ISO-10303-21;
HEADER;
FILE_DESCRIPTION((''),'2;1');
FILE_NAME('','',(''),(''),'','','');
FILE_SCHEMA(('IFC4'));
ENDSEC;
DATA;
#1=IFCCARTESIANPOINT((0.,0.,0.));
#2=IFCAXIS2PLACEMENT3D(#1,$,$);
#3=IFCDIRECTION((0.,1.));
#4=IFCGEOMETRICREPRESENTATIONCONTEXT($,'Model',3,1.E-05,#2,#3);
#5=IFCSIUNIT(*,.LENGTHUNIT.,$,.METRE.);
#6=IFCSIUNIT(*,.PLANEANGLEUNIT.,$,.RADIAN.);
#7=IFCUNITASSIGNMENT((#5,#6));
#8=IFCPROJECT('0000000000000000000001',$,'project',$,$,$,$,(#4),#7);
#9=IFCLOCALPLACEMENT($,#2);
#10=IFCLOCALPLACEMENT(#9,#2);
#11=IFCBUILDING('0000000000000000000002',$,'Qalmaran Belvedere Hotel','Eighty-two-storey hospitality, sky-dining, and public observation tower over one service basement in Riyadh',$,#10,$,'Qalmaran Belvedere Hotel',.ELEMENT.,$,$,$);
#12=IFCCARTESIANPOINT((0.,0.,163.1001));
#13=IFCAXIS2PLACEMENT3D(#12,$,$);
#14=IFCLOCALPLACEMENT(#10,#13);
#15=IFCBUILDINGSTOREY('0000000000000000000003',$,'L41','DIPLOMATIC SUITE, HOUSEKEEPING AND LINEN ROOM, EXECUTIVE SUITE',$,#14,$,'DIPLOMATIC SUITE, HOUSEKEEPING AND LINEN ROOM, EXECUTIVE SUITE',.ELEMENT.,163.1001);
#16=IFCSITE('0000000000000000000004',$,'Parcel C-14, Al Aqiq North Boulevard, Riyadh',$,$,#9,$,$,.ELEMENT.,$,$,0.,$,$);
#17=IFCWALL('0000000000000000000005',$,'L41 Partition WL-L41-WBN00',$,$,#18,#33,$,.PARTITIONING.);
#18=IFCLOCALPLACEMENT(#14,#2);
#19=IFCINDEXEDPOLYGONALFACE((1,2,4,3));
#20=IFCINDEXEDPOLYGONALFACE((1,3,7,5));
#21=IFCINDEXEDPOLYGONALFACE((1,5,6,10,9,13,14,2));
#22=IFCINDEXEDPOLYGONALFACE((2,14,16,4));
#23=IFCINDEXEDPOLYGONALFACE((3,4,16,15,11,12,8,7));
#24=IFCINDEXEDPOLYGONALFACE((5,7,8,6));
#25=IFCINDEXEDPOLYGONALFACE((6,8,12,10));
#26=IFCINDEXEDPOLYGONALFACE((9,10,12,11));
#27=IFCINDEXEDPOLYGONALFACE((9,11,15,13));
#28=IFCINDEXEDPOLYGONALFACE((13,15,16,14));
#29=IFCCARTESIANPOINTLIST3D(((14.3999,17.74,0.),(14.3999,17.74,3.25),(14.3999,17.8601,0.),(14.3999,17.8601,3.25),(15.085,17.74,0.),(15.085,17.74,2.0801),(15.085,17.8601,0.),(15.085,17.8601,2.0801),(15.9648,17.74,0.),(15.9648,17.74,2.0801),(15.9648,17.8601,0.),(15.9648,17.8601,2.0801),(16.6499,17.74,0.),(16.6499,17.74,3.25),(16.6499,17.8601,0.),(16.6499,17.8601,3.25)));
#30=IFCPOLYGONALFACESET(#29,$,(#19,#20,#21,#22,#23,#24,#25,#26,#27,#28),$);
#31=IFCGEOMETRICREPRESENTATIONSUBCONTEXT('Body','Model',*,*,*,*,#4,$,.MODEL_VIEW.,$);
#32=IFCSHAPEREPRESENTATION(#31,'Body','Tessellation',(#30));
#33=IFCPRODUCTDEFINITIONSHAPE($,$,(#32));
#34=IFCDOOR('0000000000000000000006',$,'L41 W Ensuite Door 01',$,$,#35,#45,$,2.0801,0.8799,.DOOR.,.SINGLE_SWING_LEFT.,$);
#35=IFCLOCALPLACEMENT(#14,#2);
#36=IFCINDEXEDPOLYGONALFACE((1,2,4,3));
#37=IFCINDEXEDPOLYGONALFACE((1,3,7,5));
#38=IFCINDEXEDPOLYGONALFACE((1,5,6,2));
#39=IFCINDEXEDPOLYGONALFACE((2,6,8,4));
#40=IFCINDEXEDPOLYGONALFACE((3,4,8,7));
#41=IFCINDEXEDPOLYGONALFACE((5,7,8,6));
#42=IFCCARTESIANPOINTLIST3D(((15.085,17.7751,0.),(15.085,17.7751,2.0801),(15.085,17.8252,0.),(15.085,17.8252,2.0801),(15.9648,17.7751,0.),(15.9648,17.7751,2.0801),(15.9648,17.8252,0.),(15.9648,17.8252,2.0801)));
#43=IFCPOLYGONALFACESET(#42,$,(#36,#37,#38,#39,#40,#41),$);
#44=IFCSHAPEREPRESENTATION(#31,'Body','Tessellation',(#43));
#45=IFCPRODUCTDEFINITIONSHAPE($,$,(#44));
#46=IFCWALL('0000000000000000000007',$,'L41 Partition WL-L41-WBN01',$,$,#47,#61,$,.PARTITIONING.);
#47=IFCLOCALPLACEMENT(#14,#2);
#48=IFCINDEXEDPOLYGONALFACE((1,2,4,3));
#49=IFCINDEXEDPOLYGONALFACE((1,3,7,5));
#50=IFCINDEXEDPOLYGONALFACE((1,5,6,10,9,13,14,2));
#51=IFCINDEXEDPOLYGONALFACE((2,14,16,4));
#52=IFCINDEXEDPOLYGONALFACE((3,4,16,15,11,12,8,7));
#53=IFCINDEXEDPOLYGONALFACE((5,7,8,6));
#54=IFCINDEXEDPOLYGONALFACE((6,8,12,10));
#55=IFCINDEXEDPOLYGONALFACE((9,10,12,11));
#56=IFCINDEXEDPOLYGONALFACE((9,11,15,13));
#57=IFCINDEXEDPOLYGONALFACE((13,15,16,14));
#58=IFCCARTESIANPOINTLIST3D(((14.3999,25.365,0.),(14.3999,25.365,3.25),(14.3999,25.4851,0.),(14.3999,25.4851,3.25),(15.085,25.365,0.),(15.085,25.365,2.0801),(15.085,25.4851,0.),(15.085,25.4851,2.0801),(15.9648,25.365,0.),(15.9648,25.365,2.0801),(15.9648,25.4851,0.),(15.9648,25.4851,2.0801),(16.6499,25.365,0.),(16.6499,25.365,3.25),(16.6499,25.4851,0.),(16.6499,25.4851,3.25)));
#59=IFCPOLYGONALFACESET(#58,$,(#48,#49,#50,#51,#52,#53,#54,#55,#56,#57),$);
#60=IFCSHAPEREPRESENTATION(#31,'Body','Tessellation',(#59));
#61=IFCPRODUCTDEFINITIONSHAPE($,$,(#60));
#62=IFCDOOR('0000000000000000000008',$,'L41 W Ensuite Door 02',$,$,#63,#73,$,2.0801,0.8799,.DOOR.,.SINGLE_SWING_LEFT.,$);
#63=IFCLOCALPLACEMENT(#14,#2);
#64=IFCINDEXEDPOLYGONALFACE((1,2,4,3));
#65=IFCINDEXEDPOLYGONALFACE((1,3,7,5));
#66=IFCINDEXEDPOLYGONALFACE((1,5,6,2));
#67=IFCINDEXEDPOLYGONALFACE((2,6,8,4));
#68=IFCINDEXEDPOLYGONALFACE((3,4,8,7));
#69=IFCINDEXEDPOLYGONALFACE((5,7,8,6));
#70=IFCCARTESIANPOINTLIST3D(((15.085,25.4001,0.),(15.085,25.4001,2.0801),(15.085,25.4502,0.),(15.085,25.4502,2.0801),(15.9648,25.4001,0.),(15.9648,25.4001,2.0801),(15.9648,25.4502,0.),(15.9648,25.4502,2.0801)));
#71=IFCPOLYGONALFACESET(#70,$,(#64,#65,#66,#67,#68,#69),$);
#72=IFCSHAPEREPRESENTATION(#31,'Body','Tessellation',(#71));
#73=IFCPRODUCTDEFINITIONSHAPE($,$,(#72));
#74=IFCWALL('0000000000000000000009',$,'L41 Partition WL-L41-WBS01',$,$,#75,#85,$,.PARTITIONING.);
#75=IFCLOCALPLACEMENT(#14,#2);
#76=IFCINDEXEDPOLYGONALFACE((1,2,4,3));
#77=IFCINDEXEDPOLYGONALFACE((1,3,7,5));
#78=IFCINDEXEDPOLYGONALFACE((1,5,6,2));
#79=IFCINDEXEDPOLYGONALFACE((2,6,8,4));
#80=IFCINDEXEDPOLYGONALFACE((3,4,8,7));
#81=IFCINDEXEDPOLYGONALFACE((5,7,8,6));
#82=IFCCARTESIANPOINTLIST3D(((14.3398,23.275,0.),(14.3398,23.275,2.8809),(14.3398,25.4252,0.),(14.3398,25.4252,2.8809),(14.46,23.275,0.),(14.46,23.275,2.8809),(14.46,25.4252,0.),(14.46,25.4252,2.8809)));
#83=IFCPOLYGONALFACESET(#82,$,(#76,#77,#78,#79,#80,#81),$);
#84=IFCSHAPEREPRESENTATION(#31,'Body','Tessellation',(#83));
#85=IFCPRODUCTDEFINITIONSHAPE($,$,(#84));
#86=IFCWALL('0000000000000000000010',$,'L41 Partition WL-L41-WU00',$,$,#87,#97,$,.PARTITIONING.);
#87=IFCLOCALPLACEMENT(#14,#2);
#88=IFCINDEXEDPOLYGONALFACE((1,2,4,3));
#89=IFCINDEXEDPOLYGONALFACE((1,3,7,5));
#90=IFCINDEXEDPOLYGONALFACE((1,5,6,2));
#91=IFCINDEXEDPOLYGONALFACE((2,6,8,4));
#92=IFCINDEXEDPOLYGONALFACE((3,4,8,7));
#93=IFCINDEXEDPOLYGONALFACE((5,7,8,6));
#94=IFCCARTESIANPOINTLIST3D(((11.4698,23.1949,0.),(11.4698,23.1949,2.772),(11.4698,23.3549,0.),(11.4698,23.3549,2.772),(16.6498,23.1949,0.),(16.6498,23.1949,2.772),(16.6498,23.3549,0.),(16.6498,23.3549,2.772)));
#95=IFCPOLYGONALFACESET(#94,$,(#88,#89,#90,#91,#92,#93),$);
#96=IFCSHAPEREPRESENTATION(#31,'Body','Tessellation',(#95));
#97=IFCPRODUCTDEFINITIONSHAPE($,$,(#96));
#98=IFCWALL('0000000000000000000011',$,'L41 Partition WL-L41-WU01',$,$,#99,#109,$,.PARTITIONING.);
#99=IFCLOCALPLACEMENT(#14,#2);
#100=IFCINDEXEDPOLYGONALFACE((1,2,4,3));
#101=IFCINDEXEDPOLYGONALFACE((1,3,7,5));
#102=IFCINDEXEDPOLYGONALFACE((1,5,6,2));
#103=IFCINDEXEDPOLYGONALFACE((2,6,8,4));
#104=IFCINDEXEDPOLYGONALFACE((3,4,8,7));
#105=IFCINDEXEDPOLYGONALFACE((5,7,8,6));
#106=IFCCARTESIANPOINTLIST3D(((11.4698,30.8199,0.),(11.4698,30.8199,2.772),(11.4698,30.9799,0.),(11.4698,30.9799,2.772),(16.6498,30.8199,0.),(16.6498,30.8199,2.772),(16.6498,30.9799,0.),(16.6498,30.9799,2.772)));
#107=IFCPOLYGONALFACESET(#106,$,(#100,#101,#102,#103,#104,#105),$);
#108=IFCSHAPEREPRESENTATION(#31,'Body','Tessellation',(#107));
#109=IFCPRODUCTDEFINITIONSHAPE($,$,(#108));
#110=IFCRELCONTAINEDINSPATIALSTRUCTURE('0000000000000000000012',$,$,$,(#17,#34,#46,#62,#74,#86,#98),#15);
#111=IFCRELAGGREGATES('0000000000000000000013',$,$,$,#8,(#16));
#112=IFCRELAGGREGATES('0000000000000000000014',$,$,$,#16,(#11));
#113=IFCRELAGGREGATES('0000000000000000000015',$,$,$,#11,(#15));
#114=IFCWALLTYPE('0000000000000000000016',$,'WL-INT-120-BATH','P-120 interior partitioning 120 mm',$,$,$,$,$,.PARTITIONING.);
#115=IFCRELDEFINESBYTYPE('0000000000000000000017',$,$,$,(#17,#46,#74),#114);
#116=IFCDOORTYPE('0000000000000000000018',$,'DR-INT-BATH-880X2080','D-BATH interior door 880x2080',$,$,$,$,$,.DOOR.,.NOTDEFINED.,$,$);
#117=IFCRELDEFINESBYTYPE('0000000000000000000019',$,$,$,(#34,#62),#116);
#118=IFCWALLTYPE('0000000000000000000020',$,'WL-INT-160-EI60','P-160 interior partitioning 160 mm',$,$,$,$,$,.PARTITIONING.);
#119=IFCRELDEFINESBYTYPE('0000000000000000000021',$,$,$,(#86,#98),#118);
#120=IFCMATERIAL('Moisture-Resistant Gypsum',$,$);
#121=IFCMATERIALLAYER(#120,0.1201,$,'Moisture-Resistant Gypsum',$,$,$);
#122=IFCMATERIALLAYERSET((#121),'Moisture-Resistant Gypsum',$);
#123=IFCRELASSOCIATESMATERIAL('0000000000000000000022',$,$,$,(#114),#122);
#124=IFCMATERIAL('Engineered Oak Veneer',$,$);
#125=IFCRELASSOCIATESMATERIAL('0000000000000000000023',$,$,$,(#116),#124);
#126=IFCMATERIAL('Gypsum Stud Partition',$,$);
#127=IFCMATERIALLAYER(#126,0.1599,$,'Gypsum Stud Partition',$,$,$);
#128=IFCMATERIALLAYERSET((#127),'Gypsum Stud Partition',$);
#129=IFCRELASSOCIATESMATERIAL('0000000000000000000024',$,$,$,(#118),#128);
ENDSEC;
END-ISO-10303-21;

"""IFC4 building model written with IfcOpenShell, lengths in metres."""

from ifc_helpers import new_model, si_unit, direction, frame, frame_2d, origin, place, context, subcontext, project, spatial, rectangle, extrude, material, layer, layer_set, type_object, element, fill, save


model = new_model("IFC4")

# Units and contexts
model_context = context("Model", 3, precision=1e-05, world=origin(), true_north=direction((0.0, 1.0)))
body_context = subcontext(model_context, "Body", "Model", "MODEL_VIEW")
ifc_project = project(units=[si_unit("LENGTHUNIT", "METRE"), si_unit("PLANEANGLEUNIT", "RADIAN")], contexts=[model_context])

# Site, building, storey
site_placement = place(None, origin())
site = spatial("IfcSite", under=ifc_project, at=site_placement, Name="Parcel C-14, Al Aqiq North Boulevard, Riyadh", CompositionType="ELEMENT", RefElevation=0.0)
building_placement = place(site_placement, origin())
building = spatial("IfcBuilding", under=site, at=building_placement, Name="Qalmaran Belvedere Hotel", Description="Eighty-two-storey hospitality, sky-dining, and public observation tower over one service basement in Riyadh", LongName="Qalmaran Belvedere Hotel", CompositionType="ELEMENT")
storey_placement = place(building_placement, frame((0.0, 0.0, 163.1001)))
storey = spatial("IfcBuildingStorey", under=building, at=storey_placement, Name="L41", Description="DIPLOMATIC SUITE, HOUSEKEEPING AND LINEN ROOM, EXECUTIVE SUITE", LongName="DIPLOMATIC SUITE, HOUSEKEEPING AND LINEN ROOM, EXECUTIVE SUITE", CompositionType="ELEMENT", Elevation=163.1001)

# Walls, openings, doors
ifc_material_1 = material(Name="Moisture-Resistant Gypsum")
ifc_layer_1 = layer(ifc_material_1, 0.1201, Name="Moisture-Resistant Gypsum")
ifc_layer_set_1 = layer_set([ifc_layer_1], Name="Moisture-Resistant Gypsum")
wall_type_1 = type_object("IfcWallType", Name="WL-INT-120-BATH", Description="P-120 interior partitioning 120 mm", PredefinedType="PARTITIONING", material=ifc_layer_set_1)
wall_1_placement = place(storey_placement, frame((14.3999, 17.8, 0.0), z_axis=(0.0, 0.0, 1.0), x_axis=(1.0, 0.0, 0.0)))
wall_1 = element("IfcWall", 1, at=wall_1_placement, inside=storey, type_object=wall_type_1, Name="L41 Partition WL-L41-WBN00", PredefinedType="PARTITIONING", context=body_context, shape_type="SweptSolid", body=[
    extrude(rectangle(XDim=2.25, YDim=0.1201, at=frame_2d((1.125, 0.0))), origin(), (0.0, 0.0, 1.0), 3.25),
])
opening_1_placement = place(wall_1_placement, frame((1.5649, 0.0, 0.0), z_axis=(0.0, 0.0, 1.0), x_axis=(-1.0, 0.0, 0.0)))
opening_1 = element("IfcOpeningElement", 2, at=opening_1_placement, cuts=wall_1, PredefinedType="OPENING", context=body_context, shape_type="SweptSolid", body=[
    extrude(rectangle(XDim=0.8799, YDim=2.0801, at=frame_2d((0.4399, 1.04))), frame((0.0, 0.0701, 0.0), z_axis=(0.0, -1.0, 0.0), x_axis=(1.0, 0.0, 0.0)), (0.0, 0.0, 1.0), 0.1401),
])
ifc_material_2 = material(Name="Engineered Oak Veneer")
door_type = type_object("IfcDoorType", Name="DR-INT-BATH-880X2080", Description="D-BATH interior door 880x2080", OperationType="NOTDEFINED", PredefinedType="DOOR", material=ifc_material_2)
door_1_placement = place(opening_1_placement, origin())
door_1 = element("IfcDoor", 3, at=door_1_placement, inside=storey, type_object=door_type, Name="L41 W Ensuite Door 01", OperationType="SINGLE_SWING_LEFT", OverallHeight=2.0801, OverallWidth=0.8799, PredefinedType="DOOR", context=body_context, shape_type="SweptSolid", body=[
    extrude(rectangle(XDim=0.8799, YDim=2.0801, at=frame_2d((0.4399, 1.04))), frame((0.0, 0.0249, 0.0), z_axis=(0.0, -1.0, 0.0), x_axis=(1.0, 0.0, 0.0)), (0.0, 0.0, 1.0), 0.05),
])
fill(opening_1, door_1)
wall_2_placement = place(storey_placement, frame((14.3999, 25.425, 0.0), z_axis=(0.0, 0.0, 1.0), x_axis=(1.0, 0.0, 0.0)))
wall_2 = element("IfcWall", 4, at=wall_2_placement, inside=storey, type_object=wall_type_1, Name="L41 Partition WL-L41-WBN01", PredefinedType="PARTITIONING", context=body_context, shape_type="SweptSolid", body=[
    extrude(rectangle(XDim=2.25, YDim=0.1201, at=frame_2d((1.125, 0.0))), origin(), (0.0, 0.0, 1.0), 3.25),
])
opening_2_placement = place(wall_2_placement, frame((1.5649, 0.0, 0.0), z_axis=(0.0, 0.0, 1.0), x_axis=(-1.0, 0.0, 0.0)))
opening_2 = element("IfcOpeningElement", 5, at=opening_2_placement, cuts=wall_2, PredefinedType="OPENING", context=body_context, shape_type="SweptSolid", body=[
    extrude(rectangle(XDim=0.8799, YDim=2.0801, at=frame_2d((0.4399, 1.04))), frame((0.0, 0.0701, 0.0), z_axis=(0.0, -1.0, 0.0), x_axis=(1.0, 0.0, 0.0)), (0.0, 0.0, 1.0), 0.1401),
])
door_2_placement = place(opening_2_placement, origin())
door_2 = element("IfcDoor", 6, at=door_2_placement, inside=storey, type_object=door_type, Name="L41 W Ensuite Door 02", OperationType="SINGLE_SWING_LEFT", OverallHeight=2.0801, OverallWidth=0.8799, PredefinedType="DOOR", context=body_context, shape_type="SweptSolid", body=[
    extrude(rectangle(XDim=0.8799, YDim=2.0801, at=frame_2d((0.4399, 1.04))), frame((0.0, 0.0249, 0.0), z_axis=(0.0, -1.0, 0.0), x_axis=(1.0, 0.0, 0.0)), (0.0, 0.0, 1.0), 0.05),
])
fill(opening_2, door_2)

# Walls
wall_3_placement = place(storey_placement, frame((14.3999, 23.2749, 0.0), z_axis=(0.0, 0.0, 1.0), x_axis=(0.0, 1.0, 0.0)))
element("IfcWall", 7, at=wall_3_placement, inside=storey, type_object=wall_type_1, Name="L41 Partition WL-L41-WBS01", PredefinedType="PARTITIONING", context=body_context, shape_type="SweptSolid", body=[
    extrude(rectangle(XDim=2.1501, YDim=0.1201, at=frame_2d((1.0752, 0.0))), origin(), (0.0, 0.0, 1.0), 2.8809),
])
ifc_material_3 = material(Name="Gypsum Stud Partition")
ifc_layer_2 = layer(ifc_material_3, 0.1599, Name="Gypsum Stud Partition")
ifc_layer_set_2 = layer_set([ifc_layer_2], Name="Gypsum Stud Partition")
wall_type_2 = type_object("IfcWallType", Name="WL-INT-160-EI60", Description="P-160 interior partitioning 160 mm", PredefinedType="PARTITIONING", material=ifc_layer_set_2)
for number, where, z_axis, x_axis, name in (
    (8, (11.47, 23.2749, 0.0), (0.0, 0.0, 1.0), (1.0, 0.0, 0.0), "L41 Partition WL-L41-WU00"),
    (9, (11.47, 30.8999, 0.0), (0.0, 0.0, 1.0), (1.0, 0.0, 0.0), "L41 Partition WL-L41-WU01"),
):
    element("IfcWall", number, at=place(storey_placement, frame(where, z_axis=z_axis, x_axis=x_axis)), inside=storey, type_object=wall_type_2, Name=name, PredefinedType="PARTITIONING", context=body_context, shape_type="SweptSolid", body=[
        extrude(rectangle(XDim=5.1799, YDim=0.1599, at=frame_2d((2.5898, 0.0))), origin(), (0.0, 0.0, 1.0), 2.772),
    ])

save(model, "model.ifc")
